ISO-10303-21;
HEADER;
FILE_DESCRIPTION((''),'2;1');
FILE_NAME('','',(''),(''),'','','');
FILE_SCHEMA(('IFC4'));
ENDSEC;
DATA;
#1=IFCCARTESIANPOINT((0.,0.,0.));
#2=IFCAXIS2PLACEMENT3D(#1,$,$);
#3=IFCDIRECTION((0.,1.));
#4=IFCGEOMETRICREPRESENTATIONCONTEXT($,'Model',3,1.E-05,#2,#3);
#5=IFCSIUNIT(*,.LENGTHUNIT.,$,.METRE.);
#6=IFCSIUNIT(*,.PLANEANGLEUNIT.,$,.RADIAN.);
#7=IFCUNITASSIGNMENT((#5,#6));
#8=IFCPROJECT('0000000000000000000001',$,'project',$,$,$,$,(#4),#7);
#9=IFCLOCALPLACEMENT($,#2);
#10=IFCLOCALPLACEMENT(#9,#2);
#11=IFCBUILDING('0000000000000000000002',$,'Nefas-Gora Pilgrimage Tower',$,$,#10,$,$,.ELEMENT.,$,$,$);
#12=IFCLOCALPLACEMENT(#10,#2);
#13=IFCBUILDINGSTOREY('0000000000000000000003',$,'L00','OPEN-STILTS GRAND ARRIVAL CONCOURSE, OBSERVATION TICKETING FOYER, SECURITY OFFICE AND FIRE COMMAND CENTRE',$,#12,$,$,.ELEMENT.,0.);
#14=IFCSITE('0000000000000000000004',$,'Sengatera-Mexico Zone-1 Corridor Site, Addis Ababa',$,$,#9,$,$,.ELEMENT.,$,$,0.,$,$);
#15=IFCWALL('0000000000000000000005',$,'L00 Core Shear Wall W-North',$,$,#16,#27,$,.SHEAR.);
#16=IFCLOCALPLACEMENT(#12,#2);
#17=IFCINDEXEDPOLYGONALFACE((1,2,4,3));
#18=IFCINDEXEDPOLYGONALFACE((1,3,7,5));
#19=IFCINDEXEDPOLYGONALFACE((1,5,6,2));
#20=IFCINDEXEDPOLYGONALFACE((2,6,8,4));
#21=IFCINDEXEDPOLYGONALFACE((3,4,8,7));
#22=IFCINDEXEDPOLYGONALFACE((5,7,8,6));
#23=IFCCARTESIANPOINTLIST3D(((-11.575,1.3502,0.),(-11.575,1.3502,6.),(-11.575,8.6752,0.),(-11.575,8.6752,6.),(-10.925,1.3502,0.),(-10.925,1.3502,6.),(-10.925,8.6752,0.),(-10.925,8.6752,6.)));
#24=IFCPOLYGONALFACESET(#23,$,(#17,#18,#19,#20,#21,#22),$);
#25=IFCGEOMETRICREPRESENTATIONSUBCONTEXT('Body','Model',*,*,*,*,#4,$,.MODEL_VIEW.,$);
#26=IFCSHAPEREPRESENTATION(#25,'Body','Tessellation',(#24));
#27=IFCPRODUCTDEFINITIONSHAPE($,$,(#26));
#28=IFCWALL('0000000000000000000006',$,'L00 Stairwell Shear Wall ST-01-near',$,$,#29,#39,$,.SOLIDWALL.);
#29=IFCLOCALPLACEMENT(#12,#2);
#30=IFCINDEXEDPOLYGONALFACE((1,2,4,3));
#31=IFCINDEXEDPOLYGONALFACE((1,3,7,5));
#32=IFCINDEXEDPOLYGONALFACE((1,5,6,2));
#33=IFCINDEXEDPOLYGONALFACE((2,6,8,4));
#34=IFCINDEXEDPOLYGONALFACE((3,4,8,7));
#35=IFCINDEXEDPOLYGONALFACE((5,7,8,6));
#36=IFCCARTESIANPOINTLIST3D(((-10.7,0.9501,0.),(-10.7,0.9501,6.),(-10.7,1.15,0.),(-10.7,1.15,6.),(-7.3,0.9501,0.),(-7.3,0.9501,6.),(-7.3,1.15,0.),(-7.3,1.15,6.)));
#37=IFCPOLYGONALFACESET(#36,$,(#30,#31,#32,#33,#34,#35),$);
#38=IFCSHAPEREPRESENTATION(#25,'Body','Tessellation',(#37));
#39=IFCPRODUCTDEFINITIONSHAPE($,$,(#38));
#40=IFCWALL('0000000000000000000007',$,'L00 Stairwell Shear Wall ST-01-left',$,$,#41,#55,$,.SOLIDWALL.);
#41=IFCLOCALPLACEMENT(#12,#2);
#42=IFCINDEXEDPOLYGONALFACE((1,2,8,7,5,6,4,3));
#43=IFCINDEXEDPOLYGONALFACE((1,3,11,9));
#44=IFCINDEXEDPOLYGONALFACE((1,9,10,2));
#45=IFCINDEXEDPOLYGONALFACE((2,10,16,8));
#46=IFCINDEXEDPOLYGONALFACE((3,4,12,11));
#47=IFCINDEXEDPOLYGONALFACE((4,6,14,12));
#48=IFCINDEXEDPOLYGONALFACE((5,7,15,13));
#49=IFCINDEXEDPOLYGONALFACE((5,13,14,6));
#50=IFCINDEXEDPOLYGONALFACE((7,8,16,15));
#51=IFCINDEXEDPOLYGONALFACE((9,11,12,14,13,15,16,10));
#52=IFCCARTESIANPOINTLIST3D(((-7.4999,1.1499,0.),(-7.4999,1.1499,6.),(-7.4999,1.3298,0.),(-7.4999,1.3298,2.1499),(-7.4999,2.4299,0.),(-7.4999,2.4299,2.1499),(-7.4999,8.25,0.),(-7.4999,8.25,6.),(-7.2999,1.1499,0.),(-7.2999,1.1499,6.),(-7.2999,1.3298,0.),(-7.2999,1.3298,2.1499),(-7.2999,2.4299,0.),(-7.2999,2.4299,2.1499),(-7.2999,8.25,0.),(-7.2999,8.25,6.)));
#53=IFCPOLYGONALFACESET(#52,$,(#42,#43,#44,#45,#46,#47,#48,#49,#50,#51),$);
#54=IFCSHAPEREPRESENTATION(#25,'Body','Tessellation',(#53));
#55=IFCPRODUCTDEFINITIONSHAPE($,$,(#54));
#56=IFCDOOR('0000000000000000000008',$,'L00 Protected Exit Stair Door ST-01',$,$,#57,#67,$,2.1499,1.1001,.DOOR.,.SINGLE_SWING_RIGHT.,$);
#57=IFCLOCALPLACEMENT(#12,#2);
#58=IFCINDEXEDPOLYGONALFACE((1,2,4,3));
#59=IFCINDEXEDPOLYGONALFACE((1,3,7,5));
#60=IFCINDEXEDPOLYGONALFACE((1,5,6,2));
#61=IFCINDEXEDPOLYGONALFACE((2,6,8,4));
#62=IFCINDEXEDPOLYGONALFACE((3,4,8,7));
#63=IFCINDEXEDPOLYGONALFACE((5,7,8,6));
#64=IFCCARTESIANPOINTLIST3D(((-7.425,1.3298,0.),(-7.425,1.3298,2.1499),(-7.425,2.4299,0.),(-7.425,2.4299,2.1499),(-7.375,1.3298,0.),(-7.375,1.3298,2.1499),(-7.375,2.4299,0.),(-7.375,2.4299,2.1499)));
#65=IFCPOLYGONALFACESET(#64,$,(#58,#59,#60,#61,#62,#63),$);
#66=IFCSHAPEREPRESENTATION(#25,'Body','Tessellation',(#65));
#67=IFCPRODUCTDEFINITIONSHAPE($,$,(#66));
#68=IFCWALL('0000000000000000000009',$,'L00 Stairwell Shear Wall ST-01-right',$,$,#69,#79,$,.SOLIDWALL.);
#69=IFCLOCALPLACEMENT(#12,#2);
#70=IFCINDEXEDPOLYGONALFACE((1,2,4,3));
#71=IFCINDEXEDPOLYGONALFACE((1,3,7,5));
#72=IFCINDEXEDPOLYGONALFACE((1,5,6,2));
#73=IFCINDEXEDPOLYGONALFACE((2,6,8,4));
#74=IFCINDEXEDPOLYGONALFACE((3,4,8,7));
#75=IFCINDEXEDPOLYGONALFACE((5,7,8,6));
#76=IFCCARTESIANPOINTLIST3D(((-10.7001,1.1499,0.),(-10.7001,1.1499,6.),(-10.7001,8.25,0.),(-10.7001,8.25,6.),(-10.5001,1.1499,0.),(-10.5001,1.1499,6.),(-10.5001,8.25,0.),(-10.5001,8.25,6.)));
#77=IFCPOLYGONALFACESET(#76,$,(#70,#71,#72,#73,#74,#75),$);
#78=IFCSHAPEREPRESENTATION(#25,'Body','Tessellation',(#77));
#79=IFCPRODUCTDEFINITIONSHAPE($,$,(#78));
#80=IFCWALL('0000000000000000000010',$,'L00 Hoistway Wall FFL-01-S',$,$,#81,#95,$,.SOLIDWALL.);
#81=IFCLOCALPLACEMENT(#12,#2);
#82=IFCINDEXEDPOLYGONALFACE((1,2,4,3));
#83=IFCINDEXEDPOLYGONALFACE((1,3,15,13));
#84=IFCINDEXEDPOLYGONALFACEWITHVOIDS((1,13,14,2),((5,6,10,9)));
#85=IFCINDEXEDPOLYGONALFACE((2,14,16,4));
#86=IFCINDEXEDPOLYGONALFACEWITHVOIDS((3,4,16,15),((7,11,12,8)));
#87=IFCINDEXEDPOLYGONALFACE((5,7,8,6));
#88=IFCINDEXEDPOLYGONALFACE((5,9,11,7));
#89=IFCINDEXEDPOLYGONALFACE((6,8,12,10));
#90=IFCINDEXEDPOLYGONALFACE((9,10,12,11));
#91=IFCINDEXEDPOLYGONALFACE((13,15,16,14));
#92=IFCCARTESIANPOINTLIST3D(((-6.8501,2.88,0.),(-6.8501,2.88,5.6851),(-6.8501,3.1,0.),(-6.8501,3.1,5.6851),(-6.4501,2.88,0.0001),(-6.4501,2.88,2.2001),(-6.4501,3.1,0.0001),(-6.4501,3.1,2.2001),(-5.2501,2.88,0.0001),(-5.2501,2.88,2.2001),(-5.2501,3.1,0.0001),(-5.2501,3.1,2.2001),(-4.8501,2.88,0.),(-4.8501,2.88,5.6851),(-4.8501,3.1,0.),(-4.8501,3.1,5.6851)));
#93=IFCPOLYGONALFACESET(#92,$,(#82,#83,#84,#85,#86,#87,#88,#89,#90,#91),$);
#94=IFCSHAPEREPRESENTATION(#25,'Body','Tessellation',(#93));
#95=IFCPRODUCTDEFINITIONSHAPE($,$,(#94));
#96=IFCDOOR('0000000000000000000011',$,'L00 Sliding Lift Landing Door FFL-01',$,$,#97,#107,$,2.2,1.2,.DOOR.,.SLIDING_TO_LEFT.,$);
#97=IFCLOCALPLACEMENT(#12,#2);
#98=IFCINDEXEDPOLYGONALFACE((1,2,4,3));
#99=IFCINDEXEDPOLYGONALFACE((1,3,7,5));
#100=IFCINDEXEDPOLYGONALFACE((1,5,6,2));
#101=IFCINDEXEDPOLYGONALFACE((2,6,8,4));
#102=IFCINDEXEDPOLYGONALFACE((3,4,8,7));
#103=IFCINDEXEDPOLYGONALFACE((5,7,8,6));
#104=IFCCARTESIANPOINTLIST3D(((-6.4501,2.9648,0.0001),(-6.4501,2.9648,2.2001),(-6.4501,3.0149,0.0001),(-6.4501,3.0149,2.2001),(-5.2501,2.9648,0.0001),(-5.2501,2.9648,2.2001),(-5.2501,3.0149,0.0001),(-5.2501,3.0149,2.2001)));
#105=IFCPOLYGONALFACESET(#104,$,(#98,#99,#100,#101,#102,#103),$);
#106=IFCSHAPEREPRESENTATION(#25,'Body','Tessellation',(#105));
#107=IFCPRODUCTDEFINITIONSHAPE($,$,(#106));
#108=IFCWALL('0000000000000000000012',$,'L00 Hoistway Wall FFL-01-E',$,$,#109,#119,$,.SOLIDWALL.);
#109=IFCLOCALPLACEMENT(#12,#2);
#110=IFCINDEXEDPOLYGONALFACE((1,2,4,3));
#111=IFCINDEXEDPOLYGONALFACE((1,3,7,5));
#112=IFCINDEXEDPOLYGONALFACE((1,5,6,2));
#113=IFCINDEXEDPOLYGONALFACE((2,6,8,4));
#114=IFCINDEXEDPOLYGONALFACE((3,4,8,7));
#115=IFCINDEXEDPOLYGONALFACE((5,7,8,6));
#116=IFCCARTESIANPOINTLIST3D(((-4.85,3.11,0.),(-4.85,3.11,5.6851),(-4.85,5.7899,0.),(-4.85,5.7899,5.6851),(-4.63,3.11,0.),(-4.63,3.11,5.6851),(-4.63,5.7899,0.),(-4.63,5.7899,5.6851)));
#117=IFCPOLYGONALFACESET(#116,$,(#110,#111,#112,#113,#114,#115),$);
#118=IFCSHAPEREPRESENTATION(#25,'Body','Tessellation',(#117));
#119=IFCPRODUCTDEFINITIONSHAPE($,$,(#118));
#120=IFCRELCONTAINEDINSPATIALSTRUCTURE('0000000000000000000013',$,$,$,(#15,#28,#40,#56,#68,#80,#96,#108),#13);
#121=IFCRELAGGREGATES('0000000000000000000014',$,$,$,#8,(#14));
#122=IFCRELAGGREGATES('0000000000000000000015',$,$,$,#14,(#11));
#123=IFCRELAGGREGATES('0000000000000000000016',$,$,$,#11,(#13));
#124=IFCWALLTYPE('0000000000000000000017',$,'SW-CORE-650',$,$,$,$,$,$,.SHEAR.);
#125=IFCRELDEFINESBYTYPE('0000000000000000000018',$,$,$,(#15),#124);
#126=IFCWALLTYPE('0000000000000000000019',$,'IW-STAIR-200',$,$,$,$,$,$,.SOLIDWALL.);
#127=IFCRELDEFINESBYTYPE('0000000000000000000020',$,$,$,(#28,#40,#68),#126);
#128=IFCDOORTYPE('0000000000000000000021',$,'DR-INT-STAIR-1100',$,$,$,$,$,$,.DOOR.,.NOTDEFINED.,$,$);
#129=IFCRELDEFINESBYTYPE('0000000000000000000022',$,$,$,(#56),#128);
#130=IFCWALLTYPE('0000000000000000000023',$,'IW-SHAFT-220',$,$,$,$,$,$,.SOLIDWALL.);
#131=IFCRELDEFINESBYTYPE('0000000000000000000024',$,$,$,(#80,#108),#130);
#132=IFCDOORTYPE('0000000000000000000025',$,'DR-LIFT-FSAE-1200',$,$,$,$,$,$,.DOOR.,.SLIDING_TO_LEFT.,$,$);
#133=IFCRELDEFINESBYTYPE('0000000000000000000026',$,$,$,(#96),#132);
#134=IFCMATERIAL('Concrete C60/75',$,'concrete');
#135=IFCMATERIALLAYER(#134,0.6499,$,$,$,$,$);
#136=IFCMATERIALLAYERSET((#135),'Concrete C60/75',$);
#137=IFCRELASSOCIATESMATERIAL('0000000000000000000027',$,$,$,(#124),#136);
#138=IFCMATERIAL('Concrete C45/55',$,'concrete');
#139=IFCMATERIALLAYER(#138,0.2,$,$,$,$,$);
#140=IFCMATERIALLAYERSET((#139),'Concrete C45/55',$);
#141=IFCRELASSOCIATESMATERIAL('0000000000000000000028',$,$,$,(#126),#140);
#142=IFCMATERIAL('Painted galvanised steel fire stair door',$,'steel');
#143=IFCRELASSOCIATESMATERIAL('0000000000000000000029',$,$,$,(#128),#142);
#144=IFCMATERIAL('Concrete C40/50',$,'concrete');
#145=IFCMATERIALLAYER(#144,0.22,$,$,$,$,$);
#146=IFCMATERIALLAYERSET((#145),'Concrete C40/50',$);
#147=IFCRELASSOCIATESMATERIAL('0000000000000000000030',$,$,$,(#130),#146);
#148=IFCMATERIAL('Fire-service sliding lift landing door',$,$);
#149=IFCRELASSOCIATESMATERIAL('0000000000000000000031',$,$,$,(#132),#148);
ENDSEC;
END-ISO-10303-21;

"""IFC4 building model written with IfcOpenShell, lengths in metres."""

from ifc_helpers import new_model, si_unit, direction, frame, frame_2d, origin, place, context, subcontext, project, spatial, rectangle, extrude, source, transform, mapped, material, layer, layer_set, type_object, element, fill, save


model = new_model("IFC4")

# Units and contexts
model_context = context("Model", 3, precision=1e-05, world=origin(), true_north=direction((0.0, 1.0)))
body_context = subcontext(model_context, "Body", "Model", "MODEL_VIEW")
ifc_project = project(units=[si_unit("LENGTHUNIT", "METRE"), si_unit("PLANEANGLEUNIT", "RADIAN")], contexts=[model_context])

# Site, building, storey
site_placement = place(None, origin())
site = spatial("IfcSite", under=ifc_project, at=site_placement, Name="Sengatera-Mexico Zone-1 Corridor Site, Addis Ababa", CompositionType="ELEMENT", RefElevation=0.0)
building_placement = place(site_placement, origin())
building = spatial("IfcBuilding", under=site, at=building_placement, Name="Nefas-Gora Pilgrimage Tower", CompositionType="ELEMENT")
storey_placement = place(building_placement, origin())
storey = spatial("IfcBuildingStorey", under=building, at=storey_placement, Name="L00", Description="OPEN-STILTS GRAND ARRIVAL CONCOURSE, OBSERVATION TICKETING FOYER, SECURITY OFFICE AND FIRE COMMAND CENTRE", CompositionType="ELEMENT", Elevation=0.0)

# Walls
ifc_material_1 = material(Name="Concrete C60/75", Category="concrete")
ifc_layer_1 = layer(ifc_material_1, 0.6499)
ifc_layer_set_1 = layer_set([ifc_layer_1], Name="Concrete C60/75")
wall_type_1 = type_object("IfcWallType", Name="SW-CORE-650", PredefinedType="SHEAR", material=ifc_layer_set_1)
shared_shape_1 = source(origin(), body_context, "Body", "SweptSolid", [
    extrude(rectangle(XDim=7.325, YDim=0.6499, at=frame_2d((3.6626, 0.0))), origin(), (0.0, 0.0, 1.0), 6.0),
])
wall_1_placement = place(storey_placement, frame((-11.25, 1.3501, 0.0), z_axis=(0.0, 0.0, 1.0), x_axis=(0.0, 1.0, 0.0)))
element("IfcWall", 1, at=wall_1_placement, inside=storey, type_object=wall_type_1, Name="L00 Core Shear Wall W-North", PredefinedType="SHEAR", context=body_context, shape_type="MappedRepresentation", body=[
    mapped(shared_shape_1, transform((0.0, 0.0, 0.0), x_axis=(1.0, 0.0, 0.0), y_axis=(0.0, 1.0, 0.0), z_axis=(0.0, 0.0, 1.0), scale=1.0)),
])
ifc_material_2 = material(Name="Concrete C45/55", Category="concrete")
ifc_layer_2 = layer(ifc_material_2, 0.2)
ifc_layer_set_2 = layer_set([ifc_layer_2], Name="Concrete C45/55")
wall_type_2 = type_object("IfcWallType", Name="IW-STAIR-200", PredefinedType="SOLIDWALL", material=ifc_layer_set_2)
shared_shape_2 = source(origin(), body_context, "Body", "SweptSolid", [
    extrude(rectangle(XDim=3.3999, YDim=0.2, at=frame_2d((1.7, 0.0))), origin(), (0.0, 0.0, 1.0), 6.0),
])
wall_2_placement = place(storey_placement, frame((-7.3, 1.05, 0.0), z_axis=(0.0, 0.0, 1.0), x_axis=(-1.0, 0.0, 0.0)))
element("IfcWall", 2, at=wall_2_placement, inside=storey, type_object=wall_type_2, Name="L00 Stairwell Shear Wall ST-01-near", PredefinedType="SOLIDWALL", context=body_context, shape_type="MappedRepresentation", body=[
    mapped(shared_shape_2, transform((0.0, 0.0, 0.0), x_axis=(1.0, 0.0, 0.0), y_axis=(0.0, 1.0, 0.0), z_axis=(0.0, 0.0, 1.0), scale=1.0)),
])

# Wall, opening, door
shared_shape_3 = source(origin(), body_context, "Body", "SweptSolid", [
    extrude(rectangle(XDim=7.1001, YDim=0.2, at=frame_2d((3.55, 0.0))), origin(), (0.0, 0.0, 1.0), 6.0),
])
wall_3_placement = place(storey_placement, frame((-7.3999, 1.1499, 0.0), z_axis=(0.0, 0.0, 1.0), x_axis=(0.0, 1.0, 0.0)))
wall_3 = element("IfcWall", 3, at=wall_3_placement, inside=storey, type_object=wall_type_2, Name="L00 Stairwell Shear Wall ST-01-left", PredefinedType="SOLIDWALL", context=body_context, shape_type="MappedRepresentation", body=[
    mapped(shared_shape_3, transform((0.0, 0.0, 0.0), x_axis=(1.0, 0.0, 0.0), y_axis=(0.0, 1.0, 0.0), z_axis=(0.0, 0.0, 1.0), scale=1.0)),
])
opening_1_placement = place(wall_3_placement, frame((0.1799, 0.0, 0.0)))
opening_1 = element("IfcOpeningElement", 4, at=opening_1_placement, cuts=wall_3, PredefinedType="OPENING", context=body_context, shape_type="SweptSolid", body=[
    extrude(rectangle(XDim=1.1001, YDim=2.1499, at=frame_2d((0.55, 1.075))), frame((0.0, 0.1099, 0.0), z_axis=(0.0, -1.0, 0.0), x_axis=(1.0, 0.0, 0.0)), (0.0, 0.0, 1.0), 0.22),
])
ifc_material_3 = material(Name="Painted galvanised steel fire stair door", Category="steel")
door_type_1 = type_object("IfcDoorType", Name="DR-INT-STAIR-1100", OperationType="NOTDEFINED", PredefinedType="DOOR", material=ifc_material_3)
shared_shape_4 = source(origin(), body_context, "Body", "SweptSolid", [
    extrude(rectangle(XDim=1.1001, YDim=2.1499, at=frame_2d((0.55, 1.075))), frame((0.0, 0.0249, 0.0), z_axis=(0.0, -1.0, 0.0), x_axis=(1.0, 0.0, 0.0)), (0.0, 0.0, 1.0), 0.05),
])
door_1_placement = place(opening_1_placement, frame((1.1001, 0.0, 0.0), z_axis=(0.0, 0.0, 1.0), x_axis=(-1.0, 0.0, 0.0)))
door_1 = element("IfcDoor", 5, at=door_1_placement, inside=storey, type_object=door_type_1, Name="L00 Protected Exit Stair Door ST-01", OperationType="SINGLE_SWING_RIGHT", OverallHeight=2.1499, OverallWidth=1.1001, PredefinedType="DOOR", context=body_context, shape_type="MappedRepresentation", body=[
    mapped(shared_shape_4, transform((0.0, 0.0, 0.0), x_axis=(1.0, 0.0, 0.0), y_axis=(0.0, 1.0, 0.0), z_axis=(0.0, 0.0, 1.0), scale=1.0)),
])
fill(opening_1, door_1)

# Wall
wall_4_placement = place(storey_placement, frame((-10.6001, 1.1499, 0.0), z_axis=(0.0, 0.0, 1.0), x_axis=(0.0, 1.0, 0.0)))
element("IfcWall", 6, at=wall_4_placement, inside=storey, type_object=wall_type_2, Name="L00 Stairwell Shear Wall ST-01-right", PredefinedType="SOLIDWALL", context=body_context, shape_type="MappedRepresentation", body=[
    mapped(shared_shape_3, transform((0.0, 0.0, 0.0), x_axis=(1.0, 0.0, 0.0), y_axis=(0.0, 1.0, 0.0), z_axis=(0.0, 0.0, 1.0), scale=1.0)),
])

# Wall, opening, door
ifc_material_4 = material(Name="Concrete C40/50", Category="concrete")
ifc_layer_3 = layer(ifc_material_4, 0.22)
ifc_layer_set_3 = layer_set([ifc_layer_3], Name="Concrete C40/50")
wall_type_3 = type_object("IfcWallType", Name="IW-SHAFT-220", PredefinedType="SOLIDWALL", material=ifc_layer_set_3)
shared_shape_5 = source(origin(), body_context, "Body", "SweptSolid", [
    extrude(rectangle(XDim=2.0, YDim=0.22, at=frame_2d((1.0, 0.0))), origin(), (0.0, 0.0, 1.0), 5.6851),
])
wall_5_placement = place(storey_placement, frame((-6.8501, 2.99, 0.0), z_axis=(0.0, 0.0, 1.0), x_axis=(1.0, 0.0, 0.0)))
wall_5 = element("IfcWall", 7, at=wall_5_placement, inside=storey, type_object=wall_type_3, Name="L00 Hoistway Wall FFL-01-S", PredefinedType="SOLIDWALL", context=body_context, shape_type="MappedRepresentation", body=[
    mapped(shared_shape_5, transform((0.0, 0.0, 0.0), x_axis=(1.0, 0.0, 0.0), y_axis=(0.0, 1.0, 0.0), z_axis=(0.0, 0.0, 1.0), scale=1.0)),
])
opening_2_placement = place(wall_5_placement, frame((0.3999, 0.0, 0.0)))
opening_2 = element("IfcOpeningElement", 8, at=opening_2_placement, cuts=wall_5, PredefinedType="OPENING", context=body_context, shape_type="SweptSolid", body=[
    extrude(rectangle(XDim=1.2, YDim=2.2, at=frame_2d((0.6001, 1.1001))), frame((0.0, 0.1199, 0.0), z_axis=(0.0, -1.0, 0.0), x_axis=(1.0, 0.0, 0.0)), (0.0, 0.0, 1.0), 0.24),
])
ifc_material_5 = material(Name="Fire-service sliding lift landing door")
door_type_2 = type_object("IfcDoorType", Name="DR-LIFT-FSAE-1200", OperationType="SLIDING_TO_LEFT", PredefinedType="DOOR", material=ifc_material_5)
shared_shape_6 = source(origin(), body_context, "Body", "SweptSolid", [
    extrude(rectangle(XDim=1.2, YDim=2.2, at=frame_2d((0.6001, 1.1001))), frame((0.0, 0.0249, 0.0), z_axis=(0.0, -1.0, 0.0), x_axis=(1.0, 0.0, 0.0)), (0.0, 0.0, 1.0), 0.05),
])
door_2_placement = place(opening_2_placement, origin())
door_2 = element("IfcDoor", 9, at=door_2_placement, inside=storey, type_object=door_type_2, Name="L00 Sliding Lift Landing Door FFL-01", OperationType="SLIDING_TO_LEFT", OverallHeight=2.2, OverallWidth=1.2, PredefinedType="DOOR", context=body_context, shape_type="MappedRepresentation", body=[
    mapped(shared_shape_6, transform((0.0, 0.0, 0.0), x_axis=(1.0, 0.0, 0.0), y_axis=(0.0, 1.0, 0.0), z_axis=(0.0, 0.0, 1.0), scale=1.0)),
])
fill(opening_2, door_2)

# Wall
shared_shape_7 = source(origin(), body_context, "Body", "SweptSolid", [
    extrude(rectangle(XDim=2.6799, YDim=0.22, at=frame_2d((1.3398, 0.0))), origin(), (0.0, 0.0, 1.0), 5.6851),
])
wall_6_placement = place(storey_placement, frame((-4.74, 3.1101, 0.0), z_axis=(0.0, 0.0, 1.0), x_axis=(0.0, 1.0, 0.0)))
element("IfcWall", 10, at=wall_6_placement, inside=storey, type_object=wall_type_3, Name="L00 Hoistway Wall FFL-01-E", PredefinedType="SOLIDWALL", context=body_context, shape_type="MappedRepresentation", body=[
    mapped(shared_shape_7, transform((0.0, 0.0, 0.0), x_axis=(1.0, 0.0, 0.0), y_axis=(0.0, 1.0, 0.0), z_axis=(0.0, 0.0, 1.0), scale=1.0)),
])

save(model, "model.ifc")
